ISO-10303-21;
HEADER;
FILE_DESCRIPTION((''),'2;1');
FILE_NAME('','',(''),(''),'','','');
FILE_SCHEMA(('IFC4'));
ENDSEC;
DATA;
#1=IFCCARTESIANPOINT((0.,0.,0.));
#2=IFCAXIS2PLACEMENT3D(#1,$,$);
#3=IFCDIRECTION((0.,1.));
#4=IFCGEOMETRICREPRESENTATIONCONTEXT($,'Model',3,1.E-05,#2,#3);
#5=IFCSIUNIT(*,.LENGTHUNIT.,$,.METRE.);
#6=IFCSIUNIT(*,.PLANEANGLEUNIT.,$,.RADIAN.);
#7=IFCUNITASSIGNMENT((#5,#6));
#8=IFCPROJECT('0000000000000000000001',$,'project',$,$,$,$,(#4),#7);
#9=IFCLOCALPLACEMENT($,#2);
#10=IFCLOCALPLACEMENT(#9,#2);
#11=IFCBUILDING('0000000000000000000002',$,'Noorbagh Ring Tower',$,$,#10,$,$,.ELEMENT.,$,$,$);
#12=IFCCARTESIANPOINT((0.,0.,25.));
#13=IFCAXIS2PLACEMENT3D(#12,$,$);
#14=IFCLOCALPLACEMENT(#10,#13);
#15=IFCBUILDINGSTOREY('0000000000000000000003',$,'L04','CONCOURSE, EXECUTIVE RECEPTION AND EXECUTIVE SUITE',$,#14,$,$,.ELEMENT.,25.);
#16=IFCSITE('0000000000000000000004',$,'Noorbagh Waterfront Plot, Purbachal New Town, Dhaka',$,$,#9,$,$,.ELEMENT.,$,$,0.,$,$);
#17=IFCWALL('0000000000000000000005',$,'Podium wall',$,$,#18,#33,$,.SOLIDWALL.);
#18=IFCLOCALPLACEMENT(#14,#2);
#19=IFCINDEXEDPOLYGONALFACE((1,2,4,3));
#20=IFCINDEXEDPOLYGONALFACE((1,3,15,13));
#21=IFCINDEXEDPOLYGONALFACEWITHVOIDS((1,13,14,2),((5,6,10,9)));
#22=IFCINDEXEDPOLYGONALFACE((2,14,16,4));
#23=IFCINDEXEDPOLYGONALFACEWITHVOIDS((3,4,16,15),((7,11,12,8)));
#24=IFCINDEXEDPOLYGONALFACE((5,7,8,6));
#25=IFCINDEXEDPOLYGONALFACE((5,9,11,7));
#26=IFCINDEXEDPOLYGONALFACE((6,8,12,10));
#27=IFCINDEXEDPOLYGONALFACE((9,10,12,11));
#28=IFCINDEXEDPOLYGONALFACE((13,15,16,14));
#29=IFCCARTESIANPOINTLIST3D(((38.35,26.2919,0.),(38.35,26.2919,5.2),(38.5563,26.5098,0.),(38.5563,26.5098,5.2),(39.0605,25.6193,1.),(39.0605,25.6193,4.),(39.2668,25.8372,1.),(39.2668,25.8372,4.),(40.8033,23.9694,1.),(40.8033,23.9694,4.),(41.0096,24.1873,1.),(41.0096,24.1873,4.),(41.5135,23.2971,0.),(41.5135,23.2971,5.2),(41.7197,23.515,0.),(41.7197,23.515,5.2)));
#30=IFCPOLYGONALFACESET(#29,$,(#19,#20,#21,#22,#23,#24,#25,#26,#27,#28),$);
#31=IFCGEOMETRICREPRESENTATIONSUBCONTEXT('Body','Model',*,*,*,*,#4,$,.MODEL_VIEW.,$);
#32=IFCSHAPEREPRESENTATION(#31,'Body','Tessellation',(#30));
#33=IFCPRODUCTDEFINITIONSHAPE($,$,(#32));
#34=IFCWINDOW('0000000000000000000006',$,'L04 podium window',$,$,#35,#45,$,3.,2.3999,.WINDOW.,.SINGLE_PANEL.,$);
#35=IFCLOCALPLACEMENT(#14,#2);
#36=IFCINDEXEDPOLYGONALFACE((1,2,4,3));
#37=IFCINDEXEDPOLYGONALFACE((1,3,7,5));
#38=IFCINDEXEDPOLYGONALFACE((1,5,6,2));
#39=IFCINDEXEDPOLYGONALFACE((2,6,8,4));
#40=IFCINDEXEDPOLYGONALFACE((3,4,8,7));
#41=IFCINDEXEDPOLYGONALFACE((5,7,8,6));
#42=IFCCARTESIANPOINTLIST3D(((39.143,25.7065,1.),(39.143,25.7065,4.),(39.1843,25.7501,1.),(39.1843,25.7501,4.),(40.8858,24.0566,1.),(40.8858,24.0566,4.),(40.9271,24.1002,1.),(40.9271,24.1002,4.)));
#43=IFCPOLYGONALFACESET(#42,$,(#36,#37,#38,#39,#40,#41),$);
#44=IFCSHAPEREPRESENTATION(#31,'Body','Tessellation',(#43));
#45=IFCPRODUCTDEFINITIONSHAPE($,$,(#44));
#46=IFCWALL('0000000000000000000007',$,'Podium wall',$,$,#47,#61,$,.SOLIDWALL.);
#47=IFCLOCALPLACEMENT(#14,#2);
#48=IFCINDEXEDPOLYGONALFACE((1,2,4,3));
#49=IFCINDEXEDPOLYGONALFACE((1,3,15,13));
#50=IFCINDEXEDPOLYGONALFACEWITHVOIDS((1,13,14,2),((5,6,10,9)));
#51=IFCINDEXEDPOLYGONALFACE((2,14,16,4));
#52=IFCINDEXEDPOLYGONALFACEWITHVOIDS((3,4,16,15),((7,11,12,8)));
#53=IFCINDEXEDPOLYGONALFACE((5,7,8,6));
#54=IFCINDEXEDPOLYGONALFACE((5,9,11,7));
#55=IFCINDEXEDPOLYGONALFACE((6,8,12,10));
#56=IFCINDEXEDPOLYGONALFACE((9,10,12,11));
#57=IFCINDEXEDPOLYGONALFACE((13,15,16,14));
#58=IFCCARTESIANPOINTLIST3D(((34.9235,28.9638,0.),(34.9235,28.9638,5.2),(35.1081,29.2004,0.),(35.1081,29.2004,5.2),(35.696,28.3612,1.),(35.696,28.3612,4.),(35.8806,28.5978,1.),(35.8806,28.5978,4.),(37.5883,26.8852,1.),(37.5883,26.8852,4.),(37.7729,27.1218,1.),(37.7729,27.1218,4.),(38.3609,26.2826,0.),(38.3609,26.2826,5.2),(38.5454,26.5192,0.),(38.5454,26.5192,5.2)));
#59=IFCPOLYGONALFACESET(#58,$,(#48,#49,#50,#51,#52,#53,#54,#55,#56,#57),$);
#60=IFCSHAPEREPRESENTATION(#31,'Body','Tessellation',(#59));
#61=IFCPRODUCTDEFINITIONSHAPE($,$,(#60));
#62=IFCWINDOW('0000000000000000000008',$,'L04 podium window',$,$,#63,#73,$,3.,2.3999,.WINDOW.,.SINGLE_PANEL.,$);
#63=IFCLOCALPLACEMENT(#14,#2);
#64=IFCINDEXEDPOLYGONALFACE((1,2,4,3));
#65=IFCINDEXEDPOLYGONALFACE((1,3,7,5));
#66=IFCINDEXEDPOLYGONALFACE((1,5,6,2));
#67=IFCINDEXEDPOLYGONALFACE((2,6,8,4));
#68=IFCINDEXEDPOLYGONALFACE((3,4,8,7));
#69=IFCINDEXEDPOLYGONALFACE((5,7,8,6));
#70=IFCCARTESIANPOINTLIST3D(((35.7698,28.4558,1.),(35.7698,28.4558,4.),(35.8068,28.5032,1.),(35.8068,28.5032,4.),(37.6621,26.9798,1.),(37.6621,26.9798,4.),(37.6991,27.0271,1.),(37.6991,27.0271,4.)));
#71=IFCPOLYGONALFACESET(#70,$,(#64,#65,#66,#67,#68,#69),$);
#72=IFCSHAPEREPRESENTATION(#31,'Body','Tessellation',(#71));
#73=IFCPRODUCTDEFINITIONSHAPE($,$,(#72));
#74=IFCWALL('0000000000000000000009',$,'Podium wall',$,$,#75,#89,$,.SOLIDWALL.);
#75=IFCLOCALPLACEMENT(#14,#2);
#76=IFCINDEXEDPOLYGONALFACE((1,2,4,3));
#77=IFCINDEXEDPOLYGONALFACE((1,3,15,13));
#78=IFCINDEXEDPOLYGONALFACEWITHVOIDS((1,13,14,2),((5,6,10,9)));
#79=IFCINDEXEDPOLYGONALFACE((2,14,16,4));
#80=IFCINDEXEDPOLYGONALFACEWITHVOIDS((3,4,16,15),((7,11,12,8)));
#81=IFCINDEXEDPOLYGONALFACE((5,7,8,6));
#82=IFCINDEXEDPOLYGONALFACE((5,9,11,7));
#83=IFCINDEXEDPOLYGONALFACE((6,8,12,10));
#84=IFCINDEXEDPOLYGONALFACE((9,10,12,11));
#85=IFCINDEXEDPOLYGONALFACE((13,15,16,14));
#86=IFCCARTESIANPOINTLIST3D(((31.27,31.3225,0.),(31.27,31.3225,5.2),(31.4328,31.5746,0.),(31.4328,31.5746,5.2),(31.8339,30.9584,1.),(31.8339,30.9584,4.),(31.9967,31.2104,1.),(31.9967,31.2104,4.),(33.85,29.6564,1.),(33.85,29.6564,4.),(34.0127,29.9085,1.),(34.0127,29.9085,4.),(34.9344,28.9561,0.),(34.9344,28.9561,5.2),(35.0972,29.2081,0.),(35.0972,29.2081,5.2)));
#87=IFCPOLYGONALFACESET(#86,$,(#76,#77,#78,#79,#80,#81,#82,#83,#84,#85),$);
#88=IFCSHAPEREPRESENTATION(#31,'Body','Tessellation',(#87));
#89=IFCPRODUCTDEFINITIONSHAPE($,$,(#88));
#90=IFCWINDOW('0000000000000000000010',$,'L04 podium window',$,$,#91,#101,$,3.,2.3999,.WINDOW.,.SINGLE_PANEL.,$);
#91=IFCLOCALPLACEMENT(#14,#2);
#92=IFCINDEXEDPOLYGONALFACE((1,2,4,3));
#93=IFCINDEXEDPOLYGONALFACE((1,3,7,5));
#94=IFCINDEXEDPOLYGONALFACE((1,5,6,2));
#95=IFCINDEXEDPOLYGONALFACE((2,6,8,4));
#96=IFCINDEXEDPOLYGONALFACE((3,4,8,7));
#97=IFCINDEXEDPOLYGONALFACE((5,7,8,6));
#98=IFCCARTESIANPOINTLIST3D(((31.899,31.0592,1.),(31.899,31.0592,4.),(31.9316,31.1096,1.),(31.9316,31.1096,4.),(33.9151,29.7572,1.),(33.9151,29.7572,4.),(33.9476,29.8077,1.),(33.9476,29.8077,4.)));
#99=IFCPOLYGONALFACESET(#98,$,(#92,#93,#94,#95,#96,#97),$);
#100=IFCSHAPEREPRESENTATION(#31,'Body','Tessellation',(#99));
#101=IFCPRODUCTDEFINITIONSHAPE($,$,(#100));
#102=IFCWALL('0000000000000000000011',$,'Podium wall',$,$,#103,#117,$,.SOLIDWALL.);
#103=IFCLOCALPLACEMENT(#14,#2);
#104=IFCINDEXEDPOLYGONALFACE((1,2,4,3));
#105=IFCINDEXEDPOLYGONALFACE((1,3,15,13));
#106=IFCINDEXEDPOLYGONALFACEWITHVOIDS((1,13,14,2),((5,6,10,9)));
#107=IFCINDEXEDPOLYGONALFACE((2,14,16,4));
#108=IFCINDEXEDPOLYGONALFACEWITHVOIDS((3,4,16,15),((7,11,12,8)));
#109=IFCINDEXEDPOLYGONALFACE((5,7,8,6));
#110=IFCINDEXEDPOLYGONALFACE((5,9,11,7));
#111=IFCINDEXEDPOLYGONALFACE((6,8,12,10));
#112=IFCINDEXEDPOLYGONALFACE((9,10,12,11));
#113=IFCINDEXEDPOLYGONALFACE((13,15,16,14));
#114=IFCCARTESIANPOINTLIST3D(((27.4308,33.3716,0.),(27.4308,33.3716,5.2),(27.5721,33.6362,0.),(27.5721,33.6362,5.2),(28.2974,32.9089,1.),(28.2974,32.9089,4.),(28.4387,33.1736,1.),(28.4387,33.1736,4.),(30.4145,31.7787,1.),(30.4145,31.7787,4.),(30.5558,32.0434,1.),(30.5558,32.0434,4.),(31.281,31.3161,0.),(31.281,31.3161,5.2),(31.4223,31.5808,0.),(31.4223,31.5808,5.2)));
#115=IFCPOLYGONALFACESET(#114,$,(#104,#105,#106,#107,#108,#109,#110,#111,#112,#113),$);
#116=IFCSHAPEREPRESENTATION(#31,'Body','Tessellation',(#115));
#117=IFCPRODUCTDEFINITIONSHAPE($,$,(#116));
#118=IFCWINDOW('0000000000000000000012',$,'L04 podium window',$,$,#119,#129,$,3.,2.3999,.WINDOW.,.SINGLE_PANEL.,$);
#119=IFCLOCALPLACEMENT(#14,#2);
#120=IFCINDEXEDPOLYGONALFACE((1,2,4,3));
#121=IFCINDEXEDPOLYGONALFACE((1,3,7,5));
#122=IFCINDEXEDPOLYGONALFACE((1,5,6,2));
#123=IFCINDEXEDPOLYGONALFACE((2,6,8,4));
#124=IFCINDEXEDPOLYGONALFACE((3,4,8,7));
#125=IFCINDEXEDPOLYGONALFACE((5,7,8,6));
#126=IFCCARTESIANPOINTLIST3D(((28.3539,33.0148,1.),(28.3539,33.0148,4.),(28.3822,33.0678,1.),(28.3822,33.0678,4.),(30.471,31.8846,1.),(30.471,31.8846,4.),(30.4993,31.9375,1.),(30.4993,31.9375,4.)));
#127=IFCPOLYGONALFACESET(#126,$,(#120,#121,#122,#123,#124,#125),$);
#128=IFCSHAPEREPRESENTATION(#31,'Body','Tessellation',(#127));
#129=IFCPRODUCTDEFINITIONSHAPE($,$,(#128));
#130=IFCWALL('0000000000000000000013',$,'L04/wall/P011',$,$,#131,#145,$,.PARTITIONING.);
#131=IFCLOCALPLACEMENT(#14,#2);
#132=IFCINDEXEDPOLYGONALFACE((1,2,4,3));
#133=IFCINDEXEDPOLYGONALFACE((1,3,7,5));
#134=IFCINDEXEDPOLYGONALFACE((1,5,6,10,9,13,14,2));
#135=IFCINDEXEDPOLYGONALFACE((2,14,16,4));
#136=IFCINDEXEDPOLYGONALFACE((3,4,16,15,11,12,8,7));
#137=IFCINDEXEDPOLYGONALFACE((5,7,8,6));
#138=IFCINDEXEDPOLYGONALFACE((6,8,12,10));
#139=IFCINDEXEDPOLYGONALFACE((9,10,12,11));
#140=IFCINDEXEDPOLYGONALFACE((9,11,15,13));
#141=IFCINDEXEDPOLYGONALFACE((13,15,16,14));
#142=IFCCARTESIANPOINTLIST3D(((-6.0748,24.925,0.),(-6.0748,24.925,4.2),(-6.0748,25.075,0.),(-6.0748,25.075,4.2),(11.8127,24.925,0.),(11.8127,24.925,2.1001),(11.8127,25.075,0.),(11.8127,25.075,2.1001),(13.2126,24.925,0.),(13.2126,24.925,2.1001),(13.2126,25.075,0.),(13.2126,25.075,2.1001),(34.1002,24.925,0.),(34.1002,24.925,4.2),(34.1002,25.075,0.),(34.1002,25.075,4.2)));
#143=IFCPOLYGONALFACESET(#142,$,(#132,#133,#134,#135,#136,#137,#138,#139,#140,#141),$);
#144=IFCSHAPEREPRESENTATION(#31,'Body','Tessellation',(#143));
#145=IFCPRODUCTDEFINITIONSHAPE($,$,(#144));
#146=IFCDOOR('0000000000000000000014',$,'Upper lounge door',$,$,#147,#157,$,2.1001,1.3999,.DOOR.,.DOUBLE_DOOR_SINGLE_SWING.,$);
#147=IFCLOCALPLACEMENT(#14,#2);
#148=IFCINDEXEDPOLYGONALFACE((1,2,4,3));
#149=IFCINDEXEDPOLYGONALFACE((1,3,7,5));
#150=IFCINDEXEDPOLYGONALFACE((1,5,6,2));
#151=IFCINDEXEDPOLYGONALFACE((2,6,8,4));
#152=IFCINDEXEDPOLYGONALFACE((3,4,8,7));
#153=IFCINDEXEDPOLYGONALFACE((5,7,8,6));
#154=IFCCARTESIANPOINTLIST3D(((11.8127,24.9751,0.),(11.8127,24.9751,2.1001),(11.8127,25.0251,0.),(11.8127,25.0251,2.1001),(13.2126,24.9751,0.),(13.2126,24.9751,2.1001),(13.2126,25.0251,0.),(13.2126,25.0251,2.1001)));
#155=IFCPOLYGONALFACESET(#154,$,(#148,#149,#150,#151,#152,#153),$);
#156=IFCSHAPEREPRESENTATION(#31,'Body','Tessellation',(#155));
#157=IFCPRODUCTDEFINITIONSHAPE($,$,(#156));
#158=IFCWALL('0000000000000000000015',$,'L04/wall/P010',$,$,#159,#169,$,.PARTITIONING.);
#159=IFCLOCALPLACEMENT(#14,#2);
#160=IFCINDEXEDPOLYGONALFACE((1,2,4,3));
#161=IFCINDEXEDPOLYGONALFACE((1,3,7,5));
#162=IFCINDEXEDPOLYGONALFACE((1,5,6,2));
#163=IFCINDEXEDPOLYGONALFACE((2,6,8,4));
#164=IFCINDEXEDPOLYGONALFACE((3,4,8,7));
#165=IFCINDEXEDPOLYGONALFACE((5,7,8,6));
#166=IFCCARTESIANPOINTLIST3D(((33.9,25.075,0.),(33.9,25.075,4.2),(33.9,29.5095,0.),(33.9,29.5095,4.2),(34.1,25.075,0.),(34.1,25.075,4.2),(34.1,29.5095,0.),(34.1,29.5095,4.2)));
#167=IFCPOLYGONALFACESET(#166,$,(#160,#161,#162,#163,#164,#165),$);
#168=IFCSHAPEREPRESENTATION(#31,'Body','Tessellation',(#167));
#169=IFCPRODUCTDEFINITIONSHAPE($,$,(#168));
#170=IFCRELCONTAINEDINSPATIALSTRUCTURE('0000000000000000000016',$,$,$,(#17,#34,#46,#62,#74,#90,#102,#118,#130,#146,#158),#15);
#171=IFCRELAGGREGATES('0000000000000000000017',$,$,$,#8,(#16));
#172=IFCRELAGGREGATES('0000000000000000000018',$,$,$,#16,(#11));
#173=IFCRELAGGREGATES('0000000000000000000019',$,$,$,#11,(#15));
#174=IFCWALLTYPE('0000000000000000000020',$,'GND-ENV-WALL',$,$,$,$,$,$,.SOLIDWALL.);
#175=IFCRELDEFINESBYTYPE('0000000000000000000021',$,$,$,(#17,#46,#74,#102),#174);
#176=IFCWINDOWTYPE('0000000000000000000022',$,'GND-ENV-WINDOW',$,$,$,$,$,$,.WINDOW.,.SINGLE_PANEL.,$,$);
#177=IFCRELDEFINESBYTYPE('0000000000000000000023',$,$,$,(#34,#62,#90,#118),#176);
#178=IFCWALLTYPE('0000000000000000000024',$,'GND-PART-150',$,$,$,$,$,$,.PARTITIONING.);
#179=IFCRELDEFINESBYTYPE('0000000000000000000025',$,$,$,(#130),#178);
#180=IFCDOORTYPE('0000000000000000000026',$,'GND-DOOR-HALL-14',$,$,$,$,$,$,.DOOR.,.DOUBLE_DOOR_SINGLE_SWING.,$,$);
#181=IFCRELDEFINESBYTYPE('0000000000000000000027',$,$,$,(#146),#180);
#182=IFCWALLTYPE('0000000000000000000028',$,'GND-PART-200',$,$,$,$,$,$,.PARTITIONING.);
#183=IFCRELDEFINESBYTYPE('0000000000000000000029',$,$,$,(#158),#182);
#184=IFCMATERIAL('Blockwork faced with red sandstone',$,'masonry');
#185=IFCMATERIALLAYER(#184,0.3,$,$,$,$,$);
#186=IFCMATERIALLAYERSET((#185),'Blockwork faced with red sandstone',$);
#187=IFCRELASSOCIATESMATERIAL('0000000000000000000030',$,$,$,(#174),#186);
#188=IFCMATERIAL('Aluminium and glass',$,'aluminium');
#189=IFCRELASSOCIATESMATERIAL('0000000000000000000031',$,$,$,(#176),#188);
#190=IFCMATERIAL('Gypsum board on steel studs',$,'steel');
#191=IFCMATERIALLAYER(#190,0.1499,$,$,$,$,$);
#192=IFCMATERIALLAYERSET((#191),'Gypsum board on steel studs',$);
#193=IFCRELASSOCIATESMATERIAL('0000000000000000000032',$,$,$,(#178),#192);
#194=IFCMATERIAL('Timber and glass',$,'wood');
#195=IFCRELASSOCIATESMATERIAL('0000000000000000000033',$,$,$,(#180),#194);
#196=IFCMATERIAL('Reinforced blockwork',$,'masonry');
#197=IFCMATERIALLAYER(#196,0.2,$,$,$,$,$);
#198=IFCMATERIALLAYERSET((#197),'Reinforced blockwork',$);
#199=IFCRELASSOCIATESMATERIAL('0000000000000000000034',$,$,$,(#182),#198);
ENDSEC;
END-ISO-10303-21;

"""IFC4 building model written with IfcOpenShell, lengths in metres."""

from ifc_helpers import new_model, si_unit, direction, frame, frame_2d, origin, place, context, subcontext, project, spatial, rectangle, extrude, material, layer, layer_set, type_object, element, fill, save


model = new_model("IFC4")

# Units and contexts
model_context = context("Model", 3, precision=1e-05, world=origin(), true_north=direction((0.0, 1.0)))
body_context = subcontext(model_context, "Body", "Model", "MODEL_VIEW")
ifc_project = project(units=[si_unit("LENGTHUNIT", "METRE"), si_unit("PLANEANGLEUNIT", "RADIAN")], contexts=[model_context])

# Site, building, storey
site_placement = place(None, origin())
site = spatial("IfcSite", under=ifc_project, at=site_placement, Name="Noorbagh Waterfront Plot, Purbachal New Town, Dhaka", CompositionType="ELEMENT", RefElevation=0.0)
building_placement = place(site_placement, origin())
building = spatial("IfcBuilding", under=site, at=building_placement, Name="Noorbagh Ring Tower", CompositionType="ELEMENT")
storey_placement = place(building_placement, frame((0.0, 0.0, 25.0)))
storey = spatial("IfcBuildingStorey", under=building, at=storey_placement, Name="L04", Description="CONCOURSE, EXECUTIVE RECEPTION AND EXECUTIVE SUITE", CompositionType="ELEMENT", Elevation=25.0)

# Walls, openings, windows
ifc_material_1 = material(Name="Blockwork faced with red sandstone", Category="masonry")
ifc_layer_1 = layer(ifc_material_1, 0.3)
ifc_layer_set_1 = layer_set([ifc_layer_1], Name="Blockwork faced with red sandstone")
wall_type_1 = type_object("IfcWallType", Name="GND-ENV-WALL", PredefinedType="SOLIDWALL", material=ifc_layer_set_1)
ifc_material_2 = material(Name="Aluminium and glass", Category="aluminium")
window_type = type_object("IfcWindowType", Name="GND-ENV-WINDOW", PartitioningType="SINGLE_PANEL", PredefinedType="WINDOW", material=ifc_material_2)
wall_1_placement = place(storey_placement, frame((41.6167, 23.406, 0.0), z_axis=(0.0, 0.0, 1.0), x_axis=(-0.726204, 0.687479, 0.0)))
wall_1 = element("IfcWall", 1, at=wall_1_placement, inside=storey, type_object=wall_type_1, Name="Podium wall", PredefinedType="SOLIDWALL", context=body_context, shape_type="SweptSolid", body=[
    extrude(rectangle(XDim=4.3562, YDim=0.3, at=frame_2d((2.1782, 0.0))), origin(), (0.0, 0.0, 1.0), 5.2),
])
opening_1_placement = place(wall_1_placement, frame((0.978, 0.0, 1.0)))
opening_1 = element("IfcOpeningElement", 2, at=opening_1_placement, cuts=wall_1, PredefinedType="OPENING", context=body_context, shape_type="SweptSolid", body=[
    extrude(rectangle(XDim=2.3999, YDim=3.0, at=frame_2d((1.2, 1.5))), frame((0.0, 0.1602, 0.0), z_axis=(0.0, -1.0, 0.0), x_axis=(1.0, 0.0, 0.0)), (0.0, 0.0, 1.0), 0.3201),
])
window_1_placement = place(opening_1_placement, origin())
window_1 = element("IfcWindow", 3, at=window_1_placement, inside=storey, type_object=window_type, Name="L04 podium window", OverallHeight=3.0, OverallWidth=2.3999, PartitioningType="SINGLE_PANEL", PredefinedType="WINDOW", context=body_context, shape_type="SweptSolid", body=[
    extrude(rectangle(XDim=2.3999, YDim=3.0, at=frame_2d((1.2, 1.5))), frame((0.0, 0.03, 0.0), z_axis=(0.0, -1.0, 0.0), x_axis=(1.0, 0.0, 0.0)), (0.0, 0.0, 1.0), 0.0601),
])
fill(opening_1, window_1)
wall_2_placement = place(storey_placement, frame((38.4531, 26.4009, 0.0), z_axis=(0.0, 0.0, 1.0), x_axis=(-0.788492, 0.615045, 0.0)))
wall_2 = element("IfcWall", 4, at=wall_2_placement, inside=storey, type_object=wall_type_1, Name="Podium wall", PredefinedType="SOLIDWALL", context=body_context, shape_type="SweptSolid", body=[
    extrude(rectangle(XDim=4.3594, YDim=0.3, at=frame_2d((2.1797, 0.0))), origin(), (0.0, 0.0, 1.0), 5.2),
])
opening_2_placement = place(wall_2_placement, frame((0.9797, 0.0, 1.0)))
opening_2 = element("IfcOpeningElement", 5, at=opening_2_placement, cuts=wall_2, PredefinedType="OPENING", context=body_context, shape_type="SweptSolid", body=[
    extrude(rectangle(XDim=2.3999, YDim=3.0, at=frame_2d((1.2, 1.5))), frame((0.0, 0.1602, 0.0), z_axis=(0.0, -1.0, 0.0), x_axis=(1.0, 0.0, 0.0)), (0.0, 0.0, 1.0), 0.3201),
])
window_2_placement = place(opening_2_placement, origin())
window_2 = element("IfcWindow", 6, at=window_2_placement, inside=storey, type_object=window_type, Name="L04 podium window", OverallHeight=3.0, OverallWidth=2.3999, PartitioningType="SINGLE_PANEL", PredefinedType="WINDOW", context=body_context, shape_type="SweptSolid", body=[
    extrude(rectangle(XDim=2.3999, YDim=3.0, at=frame_2d((1.2, 1.5))), frame((0.0, 0.03, 0.0), z_axis=(0.0, -1.0, 0.0), x_axis=(1.0, 0.0, 0.0)), (0.0, 0.0, 1.0), 0.0601),
])
fill(opening_2, window_2)
wall_3_placement = place(storey_placement, frame((35.0159, 29.082, 0.0), z_axis=(0.0, 0.0, 1.0), x_axis=(-0.840047, 0.542513, 0.0)))
wall_3 = element("IfcWall", 7, at=wall_3_placement, inside=storey, type_object=wall_type_1, Name="Podium wall", PredefinedType="SOLIDWALL", context=body_context, shape_type="SweptSolid", body=[
    extrude(rectangle(XDim=4.3621, YDim=0.3, at=frame_2d((2.1812, 0.0))), origin(), (0.0, 0.0, 1.0), 5.2),
])
opening_3_placement = place(wall_3_placement, frame((1.291, 0.0, 1.0)))
opening_3 = element("IfcOpeningElement", 8, at=opening_3_placement, cuts=wall_3, PredefinedType="OPENING", context=body_context, shape_type="SweptSolid", body=[
    extrude(rectangle(XDim=2.3999, YDim=3.0, at=frame_2d((1.2, 1.5))), frame((0.0, 0.1602, 0.0), z_axis=(0.0, -1.0, 0.0), x_axis=(1.0, 0.0, 0.0)), (0.0, 0.0, 1.0), 0.3201),
])
window_3_placement = place(opening_3_placement, origin())
window_3 = element("IfcWindow", 9, at=window_3_placement, inside=storey, type_object=window_type, Name="L04 podium window", OverallHeight=3.0, OverallWidth=2.3999, PartitioningType="SINGLE_PANEL", PredefinedType="WINDOW", context=body_context, shape_type="SweptSolid", body=[
    extrude(rectangle(XDim=2.3999, YDim=3.0, at=frame_2d((1.2, 1.5))), frame((0.0, 0.03, 0.0), z_axis=(0.0, -1.0, 0.0), x_axis=(1.0, 0.0, 0.0)), (0.0, 0.0, 1.0), 0.0601),
])
fill(opening_3, window_3)
wall_4_placement = place(storey_placement, frame((31.3516, 31.4485, 0.0), z_axis=(0.0, 0.0, 1.0), x_axis=(-0.882159, 0.470951, 0.0)))
wall_4 = element("IfcWall", 10, at=wall_4_placement, inside=storey, type_object=wall_type_1, Name="Podium wall", PredefinedType="SOLIDWALL", context=body_context, shape_type="SweptSolid", body=[
    extrude(rectangle(XDim=4.3645, YDim=0.3, at=frame_2d((2.1821, 0.0))), origin(), (0.0, 0.0, 1.0), 5.2),
])
opening_4_placement = place(wall_4_placement, frame((0.9822, 0.0, 1.0)))
opening_4 = element("IfcOpeningElement", 11, at=opening_4_placement, cuts=wall_4, PredefinedType="OPENING", context=body_context, shape_type="SweptSolid", body=[
    extrude(rectangle(XDim=2.3999, YDim=3.0, at=frame_2d((1.2, 1.5))), frame((0.0, 0.1602, 0.0), z_axis=(0.0, -1.0, 0.0), x_axis=(1.0, 0.0, 0.0)), (0.0, 0.0, 1.0), 0.3201),
])
window_4_placement = place(opening_4_placement, origin())
window_4 = element("IfcWindow", 12, at=window_4_placement, inside=storey, type_object=window_type, Name="L04 podium window", OverallHeight=3.0, OverallWidth=2.3999, PartitioningType="SINGLE_PANEL", PredefinedType="WINDOW", context=body_context, shape_type="SweptSolid", body=[
    extrude(rectangle(XDim=2.3999, YDim=3.0, at=frame_2d((1.2, 1.5))), frame((0.0, 0.03, 0.0), z_axis=(0.0, -1.0, 0.0), x_axis=(1.0, 0.0, 0.0)), (0.0, 0.0, 1.0), 0.0601),
])
fill(opening_4, window_4)

# Wall, opening, door
ifc_material_3 = material(Name="Gypsum board on steel studs", Category="steel")
ifc_layer_2 = layer(ifc_material_3, 0.1499)
ifc_layer_set_2 = layer_set([ifc_layer_2], Name="Gypsum board on steel studs")
wall_type_2 = type_object("IfcWallType", Name="GND-PART-150", PredefinedType="PARTITIONING", material=ifc_layer_set_2)
wall_5_placement = place(storey_placement, frame((34.1001, 25.0, 0.0), z_axis=(0.0, 0.0, 1.0), x_axis=(-1.0, 0.0, 0.0)))
wall_5 = element("IfcWall", 13, at=wall_5_placement, inside=storey, type_object=wall_type_2, Name="L04/wall/P011", PredefinedType="PARTITIONING", context=body_context, shape_type="SweptSolid", body=[
    extrude(rectangle(XDim=40.175, YDim=0.1499, at=frame_2d((20.0874, 0.0))), origin(), (0.0, 0.0, 1.0), 4.2),
])
opening_5_placement = place(wall_5_placement, frame((20.8875, 0.0, 0.0)))
opening_5 = element("IfcOpeningElement", 14, at=opening_5_placement, cuts=wall_5, PredefinedType="OPENING", context=body_context, shape_type="SweptSolid", body=[
    extrude(rectangle(XDim=1.3999, YDim=2.1001, at=frame_2d((0.7, 1.05))), frame((0.0, 0.085, 0.0), z_axis=(0.0, -1.0, 0.0), x_axis=(1.0, 0.0, 0.0)), (0.0, 0.0, 1.0), 0.1699),
])
ifc_material_4 = material(Name="Timber and glass", Category="wood")
door_type_1 = type_object("IfcDoorType", Name="GND-DOOR-HALL-14", OperationType="DOUBLE_DOOR_SINGLE_SWING", PredefinedType="DOOR", material=ifc_material_4)
door_1_placement = place(opening_5_placement, origin())
door_1 = element("IfcDoor", 15, at=door_1_placement, inside=storey, type_object=door_type_1, Name="Upper lounge door", OperationType="DOUBLE_DOOR_SINGLE_SWING", OverallHeight=2.1001, OverallWidth=1.3999, PredefinedType="DOOR", context=body_context, shape_type="SweptSolid", body=[
    extrude(rectangle(XDim=1.3999, YDim=2.1001, at=frame_2d((0.7, 1.05))), frame((0.0, 0.0249, 0.0), z_axis=(0.0, -1.0, 0.0), x_axis=(1.0, 0.0, 0.0)), (0.0, 0.0, 1.0), 0.05),
])
fill(opening_5, door_1)

# Wall
ifc_material_5 = material(Name="Reinforced blockwork", Category="masonry")
ifc_layer_3 = layer(ifc_material_5, 0.2)
ifc_layer_set_3 = layer_set([ifc_layer_3], Name="Reinforced blockwork")
wall_type_3 = type_object("IfcWallType", Name="GND-PART-200", PredefinedType="PARTITIONING", material=ifc_layer_set_3)
wall_6_placement = place(storey_placement, frame((34.0, 29.5095, 0.0), z_axis=(0.0, 0.0, 1.0), x_axis=(0.0, -1.0, 0.0)))
element("IfcWall", 16, at=wall_6_placement, inside=storey, type_object=wall_type_3, Name="L04/wall/P010", PredefinedType="PARTITIONING", context=body_context, shape_type="SweptSolid", body=[
    extrude(rectangle(XDim=4.4346, YDim=0.2, at=frame_2d((2.2173, 0.0))), origin(), (0.0, 0.0, 1.0), 4.2),
])

save(model, "model.ifc")
